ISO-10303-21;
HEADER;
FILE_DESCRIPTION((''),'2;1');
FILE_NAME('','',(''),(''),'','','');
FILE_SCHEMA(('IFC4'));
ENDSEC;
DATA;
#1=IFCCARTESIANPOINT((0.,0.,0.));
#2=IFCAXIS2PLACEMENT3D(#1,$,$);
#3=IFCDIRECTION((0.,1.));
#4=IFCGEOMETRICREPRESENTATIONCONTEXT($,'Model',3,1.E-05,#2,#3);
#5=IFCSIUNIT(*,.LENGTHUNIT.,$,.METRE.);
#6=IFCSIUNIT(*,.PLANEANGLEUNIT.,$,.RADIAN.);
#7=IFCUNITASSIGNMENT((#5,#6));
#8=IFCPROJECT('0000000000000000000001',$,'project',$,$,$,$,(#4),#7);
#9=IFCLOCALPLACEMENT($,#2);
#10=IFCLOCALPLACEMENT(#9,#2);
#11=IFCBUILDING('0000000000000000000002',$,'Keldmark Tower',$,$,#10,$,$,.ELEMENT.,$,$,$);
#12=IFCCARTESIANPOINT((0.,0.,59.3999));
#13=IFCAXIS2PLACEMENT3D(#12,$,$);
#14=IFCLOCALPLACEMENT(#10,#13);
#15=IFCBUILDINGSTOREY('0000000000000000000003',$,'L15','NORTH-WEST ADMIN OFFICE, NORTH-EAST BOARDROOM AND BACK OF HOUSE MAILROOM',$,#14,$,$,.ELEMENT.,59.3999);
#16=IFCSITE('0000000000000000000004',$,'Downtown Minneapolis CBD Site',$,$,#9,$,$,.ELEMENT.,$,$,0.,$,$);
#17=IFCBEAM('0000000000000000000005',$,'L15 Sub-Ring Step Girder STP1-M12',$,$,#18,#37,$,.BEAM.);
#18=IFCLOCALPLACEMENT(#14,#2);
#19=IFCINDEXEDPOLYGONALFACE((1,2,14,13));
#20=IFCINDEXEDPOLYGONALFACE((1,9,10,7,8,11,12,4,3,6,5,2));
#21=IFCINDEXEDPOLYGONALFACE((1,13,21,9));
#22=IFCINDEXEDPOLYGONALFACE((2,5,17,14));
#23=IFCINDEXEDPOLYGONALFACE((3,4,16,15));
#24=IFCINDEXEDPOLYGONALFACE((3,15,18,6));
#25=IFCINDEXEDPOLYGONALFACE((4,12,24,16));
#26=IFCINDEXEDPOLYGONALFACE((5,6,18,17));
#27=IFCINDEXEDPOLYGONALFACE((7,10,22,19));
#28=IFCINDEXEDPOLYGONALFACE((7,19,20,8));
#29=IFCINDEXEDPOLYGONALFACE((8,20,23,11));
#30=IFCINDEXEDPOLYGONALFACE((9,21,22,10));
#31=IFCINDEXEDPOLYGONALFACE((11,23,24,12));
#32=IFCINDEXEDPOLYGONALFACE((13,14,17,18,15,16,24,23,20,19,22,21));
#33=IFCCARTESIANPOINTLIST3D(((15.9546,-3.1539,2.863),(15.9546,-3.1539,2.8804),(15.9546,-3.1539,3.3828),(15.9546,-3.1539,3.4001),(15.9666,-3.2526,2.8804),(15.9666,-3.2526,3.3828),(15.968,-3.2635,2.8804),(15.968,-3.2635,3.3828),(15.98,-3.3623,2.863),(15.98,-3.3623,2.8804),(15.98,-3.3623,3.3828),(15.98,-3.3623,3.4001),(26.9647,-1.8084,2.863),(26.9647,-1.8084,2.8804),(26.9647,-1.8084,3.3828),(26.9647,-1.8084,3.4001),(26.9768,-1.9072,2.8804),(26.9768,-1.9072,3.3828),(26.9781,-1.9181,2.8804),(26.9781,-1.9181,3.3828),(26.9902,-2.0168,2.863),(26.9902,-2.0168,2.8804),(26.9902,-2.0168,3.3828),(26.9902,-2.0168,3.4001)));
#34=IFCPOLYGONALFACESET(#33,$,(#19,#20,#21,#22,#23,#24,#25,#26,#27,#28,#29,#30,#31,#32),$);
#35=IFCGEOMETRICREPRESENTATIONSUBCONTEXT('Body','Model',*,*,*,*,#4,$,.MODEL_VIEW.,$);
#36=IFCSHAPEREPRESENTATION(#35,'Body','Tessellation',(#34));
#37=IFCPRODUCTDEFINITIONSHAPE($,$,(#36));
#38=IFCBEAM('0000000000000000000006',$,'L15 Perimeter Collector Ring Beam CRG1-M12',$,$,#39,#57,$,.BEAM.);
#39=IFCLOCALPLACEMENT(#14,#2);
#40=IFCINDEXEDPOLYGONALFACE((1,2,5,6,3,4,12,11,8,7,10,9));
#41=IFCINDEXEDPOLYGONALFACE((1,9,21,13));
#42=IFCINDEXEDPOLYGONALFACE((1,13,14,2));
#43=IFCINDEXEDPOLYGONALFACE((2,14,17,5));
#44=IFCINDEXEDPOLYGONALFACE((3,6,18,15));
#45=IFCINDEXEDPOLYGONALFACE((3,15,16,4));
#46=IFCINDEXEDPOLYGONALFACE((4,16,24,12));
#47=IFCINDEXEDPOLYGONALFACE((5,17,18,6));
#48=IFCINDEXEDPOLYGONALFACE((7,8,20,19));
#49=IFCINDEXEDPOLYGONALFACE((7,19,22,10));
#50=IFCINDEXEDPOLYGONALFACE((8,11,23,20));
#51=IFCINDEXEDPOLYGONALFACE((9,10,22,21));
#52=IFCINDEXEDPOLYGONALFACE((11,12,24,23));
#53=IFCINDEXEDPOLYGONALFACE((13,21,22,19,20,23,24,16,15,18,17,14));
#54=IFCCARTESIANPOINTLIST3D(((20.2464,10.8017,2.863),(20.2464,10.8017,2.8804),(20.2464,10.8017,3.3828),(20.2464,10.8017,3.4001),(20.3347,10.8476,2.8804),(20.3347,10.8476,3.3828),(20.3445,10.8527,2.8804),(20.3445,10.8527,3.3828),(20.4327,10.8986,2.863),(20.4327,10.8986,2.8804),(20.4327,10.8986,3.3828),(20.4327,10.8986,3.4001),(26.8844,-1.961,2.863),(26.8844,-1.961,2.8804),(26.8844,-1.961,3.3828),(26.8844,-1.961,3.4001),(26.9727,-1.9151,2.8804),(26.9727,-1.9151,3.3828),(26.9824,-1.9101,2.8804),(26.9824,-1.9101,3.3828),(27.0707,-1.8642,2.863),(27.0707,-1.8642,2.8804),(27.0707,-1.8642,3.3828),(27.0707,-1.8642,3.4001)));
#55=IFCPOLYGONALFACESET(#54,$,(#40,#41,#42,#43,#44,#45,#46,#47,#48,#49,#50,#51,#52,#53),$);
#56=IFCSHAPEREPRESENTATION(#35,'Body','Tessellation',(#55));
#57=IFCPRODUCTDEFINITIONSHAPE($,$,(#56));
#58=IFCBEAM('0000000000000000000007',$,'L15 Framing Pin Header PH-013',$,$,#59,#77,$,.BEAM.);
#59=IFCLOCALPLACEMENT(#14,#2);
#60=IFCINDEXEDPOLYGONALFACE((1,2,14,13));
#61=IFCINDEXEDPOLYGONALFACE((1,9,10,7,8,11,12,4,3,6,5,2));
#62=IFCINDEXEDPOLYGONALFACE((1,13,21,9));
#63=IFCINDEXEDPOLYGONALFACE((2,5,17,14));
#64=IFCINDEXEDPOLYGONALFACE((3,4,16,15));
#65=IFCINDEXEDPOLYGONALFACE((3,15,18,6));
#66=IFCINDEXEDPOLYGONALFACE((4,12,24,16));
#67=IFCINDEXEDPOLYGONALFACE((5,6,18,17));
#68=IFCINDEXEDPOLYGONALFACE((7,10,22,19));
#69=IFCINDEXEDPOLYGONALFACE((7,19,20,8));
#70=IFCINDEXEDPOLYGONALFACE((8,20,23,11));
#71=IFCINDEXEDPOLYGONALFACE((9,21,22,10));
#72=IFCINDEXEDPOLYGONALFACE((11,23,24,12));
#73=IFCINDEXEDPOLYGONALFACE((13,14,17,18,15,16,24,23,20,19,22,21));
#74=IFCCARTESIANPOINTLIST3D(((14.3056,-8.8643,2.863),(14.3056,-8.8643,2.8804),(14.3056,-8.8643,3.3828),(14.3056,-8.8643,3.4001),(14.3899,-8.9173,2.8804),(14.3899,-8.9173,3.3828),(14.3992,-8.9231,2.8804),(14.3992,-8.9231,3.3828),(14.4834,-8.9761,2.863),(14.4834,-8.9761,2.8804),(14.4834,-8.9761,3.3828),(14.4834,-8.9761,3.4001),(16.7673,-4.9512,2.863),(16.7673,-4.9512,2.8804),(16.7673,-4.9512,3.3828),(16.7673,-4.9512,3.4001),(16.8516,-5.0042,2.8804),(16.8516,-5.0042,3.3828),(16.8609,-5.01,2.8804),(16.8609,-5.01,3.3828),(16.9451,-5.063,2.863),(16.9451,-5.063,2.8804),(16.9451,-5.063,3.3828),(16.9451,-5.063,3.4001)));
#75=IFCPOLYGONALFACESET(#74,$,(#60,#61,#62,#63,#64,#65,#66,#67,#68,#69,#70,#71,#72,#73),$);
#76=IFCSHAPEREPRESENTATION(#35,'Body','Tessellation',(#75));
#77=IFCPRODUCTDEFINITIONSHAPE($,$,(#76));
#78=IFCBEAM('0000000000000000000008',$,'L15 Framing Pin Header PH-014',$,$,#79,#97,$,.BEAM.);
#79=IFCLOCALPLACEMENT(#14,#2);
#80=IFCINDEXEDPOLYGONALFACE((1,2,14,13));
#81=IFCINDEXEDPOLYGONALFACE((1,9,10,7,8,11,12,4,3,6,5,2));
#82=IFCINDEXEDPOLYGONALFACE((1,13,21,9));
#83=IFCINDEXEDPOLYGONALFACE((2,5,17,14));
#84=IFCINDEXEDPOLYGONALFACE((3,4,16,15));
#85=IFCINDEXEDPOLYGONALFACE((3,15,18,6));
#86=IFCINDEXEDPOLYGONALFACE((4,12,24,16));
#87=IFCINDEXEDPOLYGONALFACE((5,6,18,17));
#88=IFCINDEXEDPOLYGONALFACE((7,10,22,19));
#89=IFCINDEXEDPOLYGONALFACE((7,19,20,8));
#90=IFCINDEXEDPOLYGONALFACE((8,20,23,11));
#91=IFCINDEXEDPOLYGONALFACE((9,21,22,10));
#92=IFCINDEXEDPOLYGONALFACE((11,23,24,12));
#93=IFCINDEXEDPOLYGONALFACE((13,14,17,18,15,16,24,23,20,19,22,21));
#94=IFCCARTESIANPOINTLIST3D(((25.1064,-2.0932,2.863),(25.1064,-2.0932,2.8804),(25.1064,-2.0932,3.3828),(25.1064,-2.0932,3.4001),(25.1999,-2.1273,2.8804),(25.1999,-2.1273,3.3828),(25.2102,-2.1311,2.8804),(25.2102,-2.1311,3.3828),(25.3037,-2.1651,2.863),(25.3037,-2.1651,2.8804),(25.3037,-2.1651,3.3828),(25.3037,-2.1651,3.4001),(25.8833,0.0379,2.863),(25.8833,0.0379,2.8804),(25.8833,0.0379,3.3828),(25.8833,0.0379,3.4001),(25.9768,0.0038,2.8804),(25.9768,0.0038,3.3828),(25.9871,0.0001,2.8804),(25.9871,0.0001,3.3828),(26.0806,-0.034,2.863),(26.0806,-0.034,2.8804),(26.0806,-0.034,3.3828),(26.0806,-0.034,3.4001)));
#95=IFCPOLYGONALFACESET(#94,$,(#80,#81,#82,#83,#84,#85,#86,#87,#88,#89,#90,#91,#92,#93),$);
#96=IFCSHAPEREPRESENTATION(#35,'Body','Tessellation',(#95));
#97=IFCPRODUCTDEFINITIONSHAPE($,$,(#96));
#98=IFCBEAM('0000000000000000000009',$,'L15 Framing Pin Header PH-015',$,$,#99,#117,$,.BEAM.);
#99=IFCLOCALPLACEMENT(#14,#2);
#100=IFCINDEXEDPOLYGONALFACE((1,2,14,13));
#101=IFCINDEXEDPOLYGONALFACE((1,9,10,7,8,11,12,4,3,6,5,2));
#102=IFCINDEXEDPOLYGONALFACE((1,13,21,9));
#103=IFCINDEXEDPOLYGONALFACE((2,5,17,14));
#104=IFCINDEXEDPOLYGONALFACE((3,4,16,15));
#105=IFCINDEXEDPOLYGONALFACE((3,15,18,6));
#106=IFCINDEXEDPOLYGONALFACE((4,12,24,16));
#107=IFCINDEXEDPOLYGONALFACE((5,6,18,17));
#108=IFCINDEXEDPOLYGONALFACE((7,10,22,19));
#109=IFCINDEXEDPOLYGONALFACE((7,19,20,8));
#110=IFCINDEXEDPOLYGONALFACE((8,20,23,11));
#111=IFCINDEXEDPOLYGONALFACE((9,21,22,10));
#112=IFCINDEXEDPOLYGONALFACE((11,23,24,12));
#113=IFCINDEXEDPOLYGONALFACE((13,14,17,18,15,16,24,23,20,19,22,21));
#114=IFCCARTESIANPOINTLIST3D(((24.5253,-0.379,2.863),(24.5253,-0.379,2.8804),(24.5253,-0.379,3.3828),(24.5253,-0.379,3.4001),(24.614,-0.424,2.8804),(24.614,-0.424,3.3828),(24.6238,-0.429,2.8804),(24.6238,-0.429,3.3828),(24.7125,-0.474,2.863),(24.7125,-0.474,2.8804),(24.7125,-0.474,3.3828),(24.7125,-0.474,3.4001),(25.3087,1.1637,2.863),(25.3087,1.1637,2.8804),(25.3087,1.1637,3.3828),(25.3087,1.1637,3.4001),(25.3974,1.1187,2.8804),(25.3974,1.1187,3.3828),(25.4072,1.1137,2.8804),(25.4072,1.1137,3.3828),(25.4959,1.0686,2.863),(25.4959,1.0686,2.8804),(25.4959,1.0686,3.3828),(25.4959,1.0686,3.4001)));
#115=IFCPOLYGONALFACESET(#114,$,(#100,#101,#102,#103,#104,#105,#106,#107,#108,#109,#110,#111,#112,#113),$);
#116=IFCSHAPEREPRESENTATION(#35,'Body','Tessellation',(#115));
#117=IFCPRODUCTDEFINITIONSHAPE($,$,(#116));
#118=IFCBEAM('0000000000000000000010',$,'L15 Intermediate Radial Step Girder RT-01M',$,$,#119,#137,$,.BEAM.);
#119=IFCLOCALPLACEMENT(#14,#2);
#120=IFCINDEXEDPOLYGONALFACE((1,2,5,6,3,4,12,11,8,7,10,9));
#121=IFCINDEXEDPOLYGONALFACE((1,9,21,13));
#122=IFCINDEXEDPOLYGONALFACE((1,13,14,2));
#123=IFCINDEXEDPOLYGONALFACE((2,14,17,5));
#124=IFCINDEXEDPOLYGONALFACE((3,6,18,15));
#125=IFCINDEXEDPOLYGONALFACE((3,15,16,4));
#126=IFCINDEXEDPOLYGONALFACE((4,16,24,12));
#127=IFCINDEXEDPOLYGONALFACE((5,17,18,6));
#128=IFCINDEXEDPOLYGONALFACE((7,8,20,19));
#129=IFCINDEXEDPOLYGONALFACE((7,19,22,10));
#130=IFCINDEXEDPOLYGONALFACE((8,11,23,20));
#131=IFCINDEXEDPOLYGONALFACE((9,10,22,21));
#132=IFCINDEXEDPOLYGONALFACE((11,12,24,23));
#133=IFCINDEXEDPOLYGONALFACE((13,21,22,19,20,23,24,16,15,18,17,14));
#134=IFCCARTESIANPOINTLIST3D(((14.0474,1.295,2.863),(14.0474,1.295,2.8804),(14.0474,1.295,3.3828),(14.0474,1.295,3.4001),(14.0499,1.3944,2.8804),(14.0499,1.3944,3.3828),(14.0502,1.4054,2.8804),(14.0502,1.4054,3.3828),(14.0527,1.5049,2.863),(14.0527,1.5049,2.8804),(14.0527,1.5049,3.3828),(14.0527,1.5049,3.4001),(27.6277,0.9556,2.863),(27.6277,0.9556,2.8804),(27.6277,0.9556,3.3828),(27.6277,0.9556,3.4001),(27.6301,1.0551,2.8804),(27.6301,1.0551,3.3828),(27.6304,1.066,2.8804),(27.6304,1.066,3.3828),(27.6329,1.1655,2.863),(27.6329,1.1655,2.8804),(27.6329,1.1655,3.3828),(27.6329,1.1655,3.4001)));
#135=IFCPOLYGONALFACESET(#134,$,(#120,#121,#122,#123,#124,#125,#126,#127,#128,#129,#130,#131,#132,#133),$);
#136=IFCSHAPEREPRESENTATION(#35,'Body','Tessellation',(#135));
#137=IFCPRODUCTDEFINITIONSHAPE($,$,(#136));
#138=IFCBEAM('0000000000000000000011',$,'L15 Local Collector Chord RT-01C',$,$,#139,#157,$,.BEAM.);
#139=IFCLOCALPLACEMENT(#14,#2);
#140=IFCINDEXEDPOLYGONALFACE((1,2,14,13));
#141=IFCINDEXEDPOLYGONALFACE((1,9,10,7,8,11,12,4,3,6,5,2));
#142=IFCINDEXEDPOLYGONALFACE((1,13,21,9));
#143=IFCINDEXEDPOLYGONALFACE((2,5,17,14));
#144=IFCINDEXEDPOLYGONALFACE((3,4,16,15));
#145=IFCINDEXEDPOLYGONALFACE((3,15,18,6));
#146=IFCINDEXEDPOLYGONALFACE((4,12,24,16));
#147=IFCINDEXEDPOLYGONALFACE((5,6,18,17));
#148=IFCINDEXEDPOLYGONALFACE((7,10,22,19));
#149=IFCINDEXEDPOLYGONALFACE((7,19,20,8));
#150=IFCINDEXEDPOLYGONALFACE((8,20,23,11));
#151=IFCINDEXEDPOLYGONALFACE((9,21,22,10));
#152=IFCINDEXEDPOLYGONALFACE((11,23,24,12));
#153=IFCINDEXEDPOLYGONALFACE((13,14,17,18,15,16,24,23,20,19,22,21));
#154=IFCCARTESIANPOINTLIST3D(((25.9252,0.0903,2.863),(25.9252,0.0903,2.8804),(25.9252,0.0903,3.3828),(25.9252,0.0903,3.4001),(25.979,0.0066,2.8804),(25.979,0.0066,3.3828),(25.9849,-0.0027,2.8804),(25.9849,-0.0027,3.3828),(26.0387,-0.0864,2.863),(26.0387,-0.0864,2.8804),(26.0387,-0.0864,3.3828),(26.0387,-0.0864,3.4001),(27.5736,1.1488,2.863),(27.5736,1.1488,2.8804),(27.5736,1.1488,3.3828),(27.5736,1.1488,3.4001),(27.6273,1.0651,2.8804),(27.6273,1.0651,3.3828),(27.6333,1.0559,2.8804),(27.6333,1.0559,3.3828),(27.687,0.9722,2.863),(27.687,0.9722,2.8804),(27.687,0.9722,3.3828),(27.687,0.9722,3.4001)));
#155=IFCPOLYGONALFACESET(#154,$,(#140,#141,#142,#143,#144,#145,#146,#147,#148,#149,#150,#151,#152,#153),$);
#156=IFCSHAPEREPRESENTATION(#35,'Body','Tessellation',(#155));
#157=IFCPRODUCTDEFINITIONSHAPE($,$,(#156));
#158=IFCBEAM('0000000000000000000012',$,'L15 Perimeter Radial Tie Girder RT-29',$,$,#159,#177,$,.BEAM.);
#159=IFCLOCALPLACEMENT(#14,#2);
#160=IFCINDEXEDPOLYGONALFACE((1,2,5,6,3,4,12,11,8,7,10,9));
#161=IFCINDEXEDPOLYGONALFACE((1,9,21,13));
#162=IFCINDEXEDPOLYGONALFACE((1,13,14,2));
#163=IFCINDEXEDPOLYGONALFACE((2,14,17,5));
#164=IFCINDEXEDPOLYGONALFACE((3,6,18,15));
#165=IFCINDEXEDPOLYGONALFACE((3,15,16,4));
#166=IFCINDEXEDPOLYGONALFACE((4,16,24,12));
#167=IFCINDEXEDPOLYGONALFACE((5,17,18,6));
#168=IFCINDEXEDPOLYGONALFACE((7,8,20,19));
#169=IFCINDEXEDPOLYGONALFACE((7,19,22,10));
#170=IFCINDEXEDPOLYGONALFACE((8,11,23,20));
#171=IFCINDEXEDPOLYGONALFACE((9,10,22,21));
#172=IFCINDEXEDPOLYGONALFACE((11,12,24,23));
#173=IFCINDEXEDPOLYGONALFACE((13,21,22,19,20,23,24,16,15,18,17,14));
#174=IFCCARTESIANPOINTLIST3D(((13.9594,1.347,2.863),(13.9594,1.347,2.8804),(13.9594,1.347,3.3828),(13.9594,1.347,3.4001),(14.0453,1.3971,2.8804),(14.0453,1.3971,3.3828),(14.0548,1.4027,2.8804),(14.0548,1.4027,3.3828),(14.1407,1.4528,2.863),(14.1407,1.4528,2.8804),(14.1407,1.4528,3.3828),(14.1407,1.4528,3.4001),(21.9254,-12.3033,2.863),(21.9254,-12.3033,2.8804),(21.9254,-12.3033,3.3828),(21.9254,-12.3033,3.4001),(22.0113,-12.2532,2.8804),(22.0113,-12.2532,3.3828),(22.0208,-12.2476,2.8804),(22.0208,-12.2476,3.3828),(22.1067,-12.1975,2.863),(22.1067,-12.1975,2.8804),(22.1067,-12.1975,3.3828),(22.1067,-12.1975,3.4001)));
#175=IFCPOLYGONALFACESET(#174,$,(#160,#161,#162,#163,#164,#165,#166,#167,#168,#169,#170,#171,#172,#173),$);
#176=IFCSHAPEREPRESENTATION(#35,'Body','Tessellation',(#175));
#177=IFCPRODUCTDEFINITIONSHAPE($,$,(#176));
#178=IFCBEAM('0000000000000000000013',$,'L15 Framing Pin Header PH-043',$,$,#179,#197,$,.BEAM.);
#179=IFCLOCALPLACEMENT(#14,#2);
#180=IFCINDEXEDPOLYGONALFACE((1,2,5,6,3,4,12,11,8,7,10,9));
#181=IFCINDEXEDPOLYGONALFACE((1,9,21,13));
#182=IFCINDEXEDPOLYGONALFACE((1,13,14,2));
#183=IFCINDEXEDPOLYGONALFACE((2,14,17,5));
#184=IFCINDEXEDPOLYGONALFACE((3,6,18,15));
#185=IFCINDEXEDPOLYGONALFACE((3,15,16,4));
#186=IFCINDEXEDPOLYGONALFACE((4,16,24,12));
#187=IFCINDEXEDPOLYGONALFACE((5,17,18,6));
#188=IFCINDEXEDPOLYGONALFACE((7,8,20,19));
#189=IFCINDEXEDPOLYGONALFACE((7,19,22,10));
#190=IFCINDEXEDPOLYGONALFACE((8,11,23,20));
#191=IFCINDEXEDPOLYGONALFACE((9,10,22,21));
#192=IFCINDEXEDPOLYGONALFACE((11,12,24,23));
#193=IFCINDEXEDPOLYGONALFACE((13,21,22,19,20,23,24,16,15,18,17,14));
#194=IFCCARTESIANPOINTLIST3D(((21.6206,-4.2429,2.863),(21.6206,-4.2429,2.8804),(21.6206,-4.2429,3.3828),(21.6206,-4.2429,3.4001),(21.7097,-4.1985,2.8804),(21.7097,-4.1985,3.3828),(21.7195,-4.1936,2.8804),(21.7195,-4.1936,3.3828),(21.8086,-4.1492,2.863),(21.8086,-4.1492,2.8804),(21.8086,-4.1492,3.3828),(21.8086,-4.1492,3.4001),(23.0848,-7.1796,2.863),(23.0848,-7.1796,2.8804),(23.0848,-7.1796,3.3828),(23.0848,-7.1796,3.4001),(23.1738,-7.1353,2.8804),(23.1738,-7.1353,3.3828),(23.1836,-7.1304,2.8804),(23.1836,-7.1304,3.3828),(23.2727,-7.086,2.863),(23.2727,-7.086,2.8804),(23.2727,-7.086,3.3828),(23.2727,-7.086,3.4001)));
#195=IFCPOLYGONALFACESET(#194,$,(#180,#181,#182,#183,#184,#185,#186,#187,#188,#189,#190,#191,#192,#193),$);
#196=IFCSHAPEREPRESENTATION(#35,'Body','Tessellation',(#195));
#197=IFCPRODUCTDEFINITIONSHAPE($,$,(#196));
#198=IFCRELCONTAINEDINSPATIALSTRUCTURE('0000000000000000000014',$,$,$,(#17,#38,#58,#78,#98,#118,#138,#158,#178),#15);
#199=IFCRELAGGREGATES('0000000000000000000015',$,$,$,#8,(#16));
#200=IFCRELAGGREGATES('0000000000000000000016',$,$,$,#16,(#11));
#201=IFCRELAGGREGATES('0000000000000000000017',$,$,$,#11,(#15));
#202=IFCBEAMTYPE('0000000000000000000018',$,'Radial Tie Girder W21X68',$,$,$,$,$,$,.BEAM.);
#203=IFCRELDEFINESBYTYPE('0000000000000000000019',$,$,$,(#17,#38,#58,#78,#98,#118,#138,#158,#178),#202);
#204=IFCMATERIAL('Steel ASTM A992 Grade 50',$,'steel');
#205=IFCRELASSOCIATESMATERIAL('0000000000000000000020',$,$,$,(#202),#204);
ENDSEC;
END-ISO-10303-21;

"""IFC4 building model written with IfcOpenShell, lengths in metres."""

from ifc_helpers import new_model, si_unit, direction, frame, origin, origin_2d, place, context, subcontext, project, spatial, i_section, extrude, material, material_profile, profile_set, type_object, element, save


model = new_model("IFC4")

# Units and contexts
model_context = context("Model", 3, precision=1e-05, world=origin(), true_north=direction((0.0, 1.0)))
body_context = subcontext(model_context, "Body", "Model", "MODEL_VIEW")
ifc_project = project(units=[si_unit("LENGTHUNIT", "METRE"), si_unit("PLANEANGLEUNIT", "RADIAN")], contexts=[model_context])

# Site, building, storey
site_placement = place(None, origin())
site = spatial("IfcSite", under=ifc_project, at=site_placement, Name="Downtown Minneapolis CBD Site", CompositionType="ELEMENT", RefElevation=0.0)
building_placement = place(site_placement, origin())
building = spatial("IfcBuilding", under=site, at=building_placement, Name="Keldmark Tower", CompositionType="ELEMENT")
storey_placement = place(building_placement, frame((0.0, 0.0, 59.3999)))
storey = spatial("IfcBuildingStorey", under=building, at=storey_placement, Name="L15", Description="NORTH-WEST ADMIN OFFICE, NORTH-EAST BOARDROOM AND BACK OF HOUSE MAILROOM", CompositionType="ELEMENT", Elevation=59.3999)

# Beams
ifc_material_1 = material(Name="Steel ASTM A992 Grade 50", Category="steel")
ifc_material_profile_1 = material_profile(ifc_material_1, i_section(OverallWidth=0.21, OverallDepth=0.5371, WebThickness=0.011, FlangeThickness=0.0173, at=origin_2d()), Name="W21X68")
ifc_profile_set_1 = profile_set([ifc_material_profile_1], Name="Steel ASTM A992 Grade 50")
beam_type_1 = type_object("IfcBeamType", Name="Radial Tie Girder W21X68", PredefinedType="BEAM", material=ifc_profile_set_1)
beam_1_placement = place(storey_placement, frame((15.9673, -3.2581, 3.1316), z_axis=(0.992616, 0.121298, 0.0), x_axis=(-0.121298, 0.992616, 0.0)))
element("IfcBeam", 1, at=beam_1_placement, inside=storey, type_object=beam_type_1, Name="L15 Sub-Ring Step Girder STP1-M12", PredefinedType="BEAM", context=body_context, shape_type="SweptSolid", body=[
    extrude(i_section(OverallWidth=0.21, OverallDepth=0.5371, WebThickness=0.011, FlangeThickness=0.0173, at=origin_2d()), origin(), (0.0, 0.0, 1.0), 11.092),
])
beam_2_placement = place(storey_placement, frame((26.9775, -1.9126, 3.1316), z_axis=(-0.461426, 0.887179, 0.0), x_axis=(-0.887179, -0.461426, 0.0)))
element("IfcBeam", 2, at=beam_2_placement, inside=storey, type_object=beam_type_1, Name="L15 Perimeter Collector Ring Beam CRG1-M12", PredefinedType="BEAM", context=body_context, shape_type="SweptSolid", body=[
    extrude(i_section(OverallWidth=0.21, OverallDepth=0.5371, WebThickness=0.011, FlangeThickness=0.0173, at=origin_2d()), origin(), (0.0, 0.0, 1.0), 14.3857),
])
beam_3_placement = place(storey_placement, frame((16.8562, -5.0071, 3.1316), z_axis=(-0.532484, -0.84644, 0.0), x_axis=(0.84644, -0.532484, 0.0)))
element("IfcBeam", 3, at=beam_3_placement, inside=storey, type_object=beam_type_1, Name="L15 Framing Pin Header PH-013", PredefinedType="BEAM", context=body_context, shape_type="SweptSolid", body=[
    extrude(i_section(OverallWidth=0.21, OverallDepth=0.5371, WebThickness=0.011, FlangeThickness=0.0173, at=origin_2d()), origin(), (0.0, 0.0, 1.0), 4.623),
])
beam_4_placement = place(storey_placement, frame((25.9819, 0.002, 3.1316), z_axis=(-0.342486, -0.939523, 0.0), x_axis=(0.939523, -0.342486, 0.0)))
element("IfcBeam", 4, at=beam_4_placement, inside=storey, type_object=beam_type_1, Name="L15 Framing Pin Header PH-014", PredefinedType="BEAM", context=body_context, shape_type="SweptSolid", body=[
    extrude(i_section(OverallWidth=0.21, OverallDepth=0.5371, WebThickness=0.011, FlangeThickness=0.0173, at=origin_2d()), origin(), (0.0, 0.0, 1.0), 2.2683),
])
beam_5_placement = place(storey_placement, frame((24.6189, -0.4265, 3.1316), z_axis=(0.452792, 0.891616, 0.0), x_axis=(-0.891616, 0.452792, 0.0)))
element("IfcBeam", 5, at=beam_5_placement, inside=storey, type_object=beam_type_1, Name="L15 Framing Pin Header PH-015", PredefinedType="BEAM", context=body_context, shape_type="SweptSolid", body=[
    extrude(i_section(OverallWidth=0.21, OverallDepth=0.5371, WebThickness=0.011, FlangeThickness=0.0173, at=origin_2d()), origin(), (0.0, 0.0, 1.0), 1.7302),
])
beam_6_placement = place(storey_placement, frame((14.05, 1.3999, 3.1316), z_axis=(0.999688, -0.024981, 0.0), x_axis=(0.024981, 0.999688, 0.0)))
element("IfcBeam", 6, at=beam_6_placement, inside=storey, type_object=beam_type_1, Name="L15 Intermediate Radial Step Girder RT-01M", PredefinedType="BEAM", context=body_context, shape_type="SweptSolid", body=[
    extrude(i_section(OverallWidth=0.21, OverallDepth=0.5371, WebThickness=0.011, FlangeThickness=0.0173, at=origin_2d()), origin(), (0.0, 0.0, 1.0), 13.5845),
])
beam_7_placement = place(storey_placement, frame((25.9819, 0.002, 3.1316), z_axis=(0.841438, 0.540354, 0.0), x_axis=(-0.540354, 0.841438, 0.0)))
element("IfcBeam", 7, at=beam_7_placement, inside=storey, type_object=beam_type_1, Name="L15 Local Collector Chord RT-01C", PredefinedType="BEAM", context=body_context, shape_type="SweptSolid", body=[
    extrude(i_section(OverallWidth=0.21, OverallDepth=0.5371, WebThickness=0.011, FlangeThickness=0.0173, at=origin_2d()), origin(), (0.0, 0.0, 1.0), 1.959),
])
beam_8_placement = place(storey_placement, frame((14.05, 1.3999, 3.1316), z_axis=(0.504029, -0.863687, 0.0), x_axis=(0.863687, 0.504029, 0.0)))
element("IfcBeam", 8, at=beam_8_placement, inside=storey, type_object=beam_type_1, Name="L15 Perimeter Radial Tie Girder RT-29", PredefinedType="BEAM", context=body_context, shape_type="SweptSolid", body=[
    extrude(i_section(OverallWidth=0.21, OverallDepth=0.5371, WebThickness=0.011, FlangeThickness=0.0173, at=origin_2d()), origin(), (0.0, 0.0, 1.0), 15.8047),
])
beam_9_placement = place(storey_placement, frame((21.7146, -4.196, 3.1316), z_axis=(0.446172, -0.894947, 0.0), x_axis=(0.894947, 0.446172, 0.0)))
element("IfcBeam", 9, at=beam_9_placement, inside=storey, type_object=beam_type_1, Name="L15 Framing Pin Header PH-043", PredefinedType="BEAM", context=body_context, shape_type="SweptSolid", body=[
    extrude(i_section(OverallWidth=0.21, OverallDepth=0.5371, WebThickness=0.011, FlangeThickness=0.0173, at=origin_2d()), origin(), (0.0, 0.0, 1.0), 3.2815),
])

save(model, "model.ifc")
